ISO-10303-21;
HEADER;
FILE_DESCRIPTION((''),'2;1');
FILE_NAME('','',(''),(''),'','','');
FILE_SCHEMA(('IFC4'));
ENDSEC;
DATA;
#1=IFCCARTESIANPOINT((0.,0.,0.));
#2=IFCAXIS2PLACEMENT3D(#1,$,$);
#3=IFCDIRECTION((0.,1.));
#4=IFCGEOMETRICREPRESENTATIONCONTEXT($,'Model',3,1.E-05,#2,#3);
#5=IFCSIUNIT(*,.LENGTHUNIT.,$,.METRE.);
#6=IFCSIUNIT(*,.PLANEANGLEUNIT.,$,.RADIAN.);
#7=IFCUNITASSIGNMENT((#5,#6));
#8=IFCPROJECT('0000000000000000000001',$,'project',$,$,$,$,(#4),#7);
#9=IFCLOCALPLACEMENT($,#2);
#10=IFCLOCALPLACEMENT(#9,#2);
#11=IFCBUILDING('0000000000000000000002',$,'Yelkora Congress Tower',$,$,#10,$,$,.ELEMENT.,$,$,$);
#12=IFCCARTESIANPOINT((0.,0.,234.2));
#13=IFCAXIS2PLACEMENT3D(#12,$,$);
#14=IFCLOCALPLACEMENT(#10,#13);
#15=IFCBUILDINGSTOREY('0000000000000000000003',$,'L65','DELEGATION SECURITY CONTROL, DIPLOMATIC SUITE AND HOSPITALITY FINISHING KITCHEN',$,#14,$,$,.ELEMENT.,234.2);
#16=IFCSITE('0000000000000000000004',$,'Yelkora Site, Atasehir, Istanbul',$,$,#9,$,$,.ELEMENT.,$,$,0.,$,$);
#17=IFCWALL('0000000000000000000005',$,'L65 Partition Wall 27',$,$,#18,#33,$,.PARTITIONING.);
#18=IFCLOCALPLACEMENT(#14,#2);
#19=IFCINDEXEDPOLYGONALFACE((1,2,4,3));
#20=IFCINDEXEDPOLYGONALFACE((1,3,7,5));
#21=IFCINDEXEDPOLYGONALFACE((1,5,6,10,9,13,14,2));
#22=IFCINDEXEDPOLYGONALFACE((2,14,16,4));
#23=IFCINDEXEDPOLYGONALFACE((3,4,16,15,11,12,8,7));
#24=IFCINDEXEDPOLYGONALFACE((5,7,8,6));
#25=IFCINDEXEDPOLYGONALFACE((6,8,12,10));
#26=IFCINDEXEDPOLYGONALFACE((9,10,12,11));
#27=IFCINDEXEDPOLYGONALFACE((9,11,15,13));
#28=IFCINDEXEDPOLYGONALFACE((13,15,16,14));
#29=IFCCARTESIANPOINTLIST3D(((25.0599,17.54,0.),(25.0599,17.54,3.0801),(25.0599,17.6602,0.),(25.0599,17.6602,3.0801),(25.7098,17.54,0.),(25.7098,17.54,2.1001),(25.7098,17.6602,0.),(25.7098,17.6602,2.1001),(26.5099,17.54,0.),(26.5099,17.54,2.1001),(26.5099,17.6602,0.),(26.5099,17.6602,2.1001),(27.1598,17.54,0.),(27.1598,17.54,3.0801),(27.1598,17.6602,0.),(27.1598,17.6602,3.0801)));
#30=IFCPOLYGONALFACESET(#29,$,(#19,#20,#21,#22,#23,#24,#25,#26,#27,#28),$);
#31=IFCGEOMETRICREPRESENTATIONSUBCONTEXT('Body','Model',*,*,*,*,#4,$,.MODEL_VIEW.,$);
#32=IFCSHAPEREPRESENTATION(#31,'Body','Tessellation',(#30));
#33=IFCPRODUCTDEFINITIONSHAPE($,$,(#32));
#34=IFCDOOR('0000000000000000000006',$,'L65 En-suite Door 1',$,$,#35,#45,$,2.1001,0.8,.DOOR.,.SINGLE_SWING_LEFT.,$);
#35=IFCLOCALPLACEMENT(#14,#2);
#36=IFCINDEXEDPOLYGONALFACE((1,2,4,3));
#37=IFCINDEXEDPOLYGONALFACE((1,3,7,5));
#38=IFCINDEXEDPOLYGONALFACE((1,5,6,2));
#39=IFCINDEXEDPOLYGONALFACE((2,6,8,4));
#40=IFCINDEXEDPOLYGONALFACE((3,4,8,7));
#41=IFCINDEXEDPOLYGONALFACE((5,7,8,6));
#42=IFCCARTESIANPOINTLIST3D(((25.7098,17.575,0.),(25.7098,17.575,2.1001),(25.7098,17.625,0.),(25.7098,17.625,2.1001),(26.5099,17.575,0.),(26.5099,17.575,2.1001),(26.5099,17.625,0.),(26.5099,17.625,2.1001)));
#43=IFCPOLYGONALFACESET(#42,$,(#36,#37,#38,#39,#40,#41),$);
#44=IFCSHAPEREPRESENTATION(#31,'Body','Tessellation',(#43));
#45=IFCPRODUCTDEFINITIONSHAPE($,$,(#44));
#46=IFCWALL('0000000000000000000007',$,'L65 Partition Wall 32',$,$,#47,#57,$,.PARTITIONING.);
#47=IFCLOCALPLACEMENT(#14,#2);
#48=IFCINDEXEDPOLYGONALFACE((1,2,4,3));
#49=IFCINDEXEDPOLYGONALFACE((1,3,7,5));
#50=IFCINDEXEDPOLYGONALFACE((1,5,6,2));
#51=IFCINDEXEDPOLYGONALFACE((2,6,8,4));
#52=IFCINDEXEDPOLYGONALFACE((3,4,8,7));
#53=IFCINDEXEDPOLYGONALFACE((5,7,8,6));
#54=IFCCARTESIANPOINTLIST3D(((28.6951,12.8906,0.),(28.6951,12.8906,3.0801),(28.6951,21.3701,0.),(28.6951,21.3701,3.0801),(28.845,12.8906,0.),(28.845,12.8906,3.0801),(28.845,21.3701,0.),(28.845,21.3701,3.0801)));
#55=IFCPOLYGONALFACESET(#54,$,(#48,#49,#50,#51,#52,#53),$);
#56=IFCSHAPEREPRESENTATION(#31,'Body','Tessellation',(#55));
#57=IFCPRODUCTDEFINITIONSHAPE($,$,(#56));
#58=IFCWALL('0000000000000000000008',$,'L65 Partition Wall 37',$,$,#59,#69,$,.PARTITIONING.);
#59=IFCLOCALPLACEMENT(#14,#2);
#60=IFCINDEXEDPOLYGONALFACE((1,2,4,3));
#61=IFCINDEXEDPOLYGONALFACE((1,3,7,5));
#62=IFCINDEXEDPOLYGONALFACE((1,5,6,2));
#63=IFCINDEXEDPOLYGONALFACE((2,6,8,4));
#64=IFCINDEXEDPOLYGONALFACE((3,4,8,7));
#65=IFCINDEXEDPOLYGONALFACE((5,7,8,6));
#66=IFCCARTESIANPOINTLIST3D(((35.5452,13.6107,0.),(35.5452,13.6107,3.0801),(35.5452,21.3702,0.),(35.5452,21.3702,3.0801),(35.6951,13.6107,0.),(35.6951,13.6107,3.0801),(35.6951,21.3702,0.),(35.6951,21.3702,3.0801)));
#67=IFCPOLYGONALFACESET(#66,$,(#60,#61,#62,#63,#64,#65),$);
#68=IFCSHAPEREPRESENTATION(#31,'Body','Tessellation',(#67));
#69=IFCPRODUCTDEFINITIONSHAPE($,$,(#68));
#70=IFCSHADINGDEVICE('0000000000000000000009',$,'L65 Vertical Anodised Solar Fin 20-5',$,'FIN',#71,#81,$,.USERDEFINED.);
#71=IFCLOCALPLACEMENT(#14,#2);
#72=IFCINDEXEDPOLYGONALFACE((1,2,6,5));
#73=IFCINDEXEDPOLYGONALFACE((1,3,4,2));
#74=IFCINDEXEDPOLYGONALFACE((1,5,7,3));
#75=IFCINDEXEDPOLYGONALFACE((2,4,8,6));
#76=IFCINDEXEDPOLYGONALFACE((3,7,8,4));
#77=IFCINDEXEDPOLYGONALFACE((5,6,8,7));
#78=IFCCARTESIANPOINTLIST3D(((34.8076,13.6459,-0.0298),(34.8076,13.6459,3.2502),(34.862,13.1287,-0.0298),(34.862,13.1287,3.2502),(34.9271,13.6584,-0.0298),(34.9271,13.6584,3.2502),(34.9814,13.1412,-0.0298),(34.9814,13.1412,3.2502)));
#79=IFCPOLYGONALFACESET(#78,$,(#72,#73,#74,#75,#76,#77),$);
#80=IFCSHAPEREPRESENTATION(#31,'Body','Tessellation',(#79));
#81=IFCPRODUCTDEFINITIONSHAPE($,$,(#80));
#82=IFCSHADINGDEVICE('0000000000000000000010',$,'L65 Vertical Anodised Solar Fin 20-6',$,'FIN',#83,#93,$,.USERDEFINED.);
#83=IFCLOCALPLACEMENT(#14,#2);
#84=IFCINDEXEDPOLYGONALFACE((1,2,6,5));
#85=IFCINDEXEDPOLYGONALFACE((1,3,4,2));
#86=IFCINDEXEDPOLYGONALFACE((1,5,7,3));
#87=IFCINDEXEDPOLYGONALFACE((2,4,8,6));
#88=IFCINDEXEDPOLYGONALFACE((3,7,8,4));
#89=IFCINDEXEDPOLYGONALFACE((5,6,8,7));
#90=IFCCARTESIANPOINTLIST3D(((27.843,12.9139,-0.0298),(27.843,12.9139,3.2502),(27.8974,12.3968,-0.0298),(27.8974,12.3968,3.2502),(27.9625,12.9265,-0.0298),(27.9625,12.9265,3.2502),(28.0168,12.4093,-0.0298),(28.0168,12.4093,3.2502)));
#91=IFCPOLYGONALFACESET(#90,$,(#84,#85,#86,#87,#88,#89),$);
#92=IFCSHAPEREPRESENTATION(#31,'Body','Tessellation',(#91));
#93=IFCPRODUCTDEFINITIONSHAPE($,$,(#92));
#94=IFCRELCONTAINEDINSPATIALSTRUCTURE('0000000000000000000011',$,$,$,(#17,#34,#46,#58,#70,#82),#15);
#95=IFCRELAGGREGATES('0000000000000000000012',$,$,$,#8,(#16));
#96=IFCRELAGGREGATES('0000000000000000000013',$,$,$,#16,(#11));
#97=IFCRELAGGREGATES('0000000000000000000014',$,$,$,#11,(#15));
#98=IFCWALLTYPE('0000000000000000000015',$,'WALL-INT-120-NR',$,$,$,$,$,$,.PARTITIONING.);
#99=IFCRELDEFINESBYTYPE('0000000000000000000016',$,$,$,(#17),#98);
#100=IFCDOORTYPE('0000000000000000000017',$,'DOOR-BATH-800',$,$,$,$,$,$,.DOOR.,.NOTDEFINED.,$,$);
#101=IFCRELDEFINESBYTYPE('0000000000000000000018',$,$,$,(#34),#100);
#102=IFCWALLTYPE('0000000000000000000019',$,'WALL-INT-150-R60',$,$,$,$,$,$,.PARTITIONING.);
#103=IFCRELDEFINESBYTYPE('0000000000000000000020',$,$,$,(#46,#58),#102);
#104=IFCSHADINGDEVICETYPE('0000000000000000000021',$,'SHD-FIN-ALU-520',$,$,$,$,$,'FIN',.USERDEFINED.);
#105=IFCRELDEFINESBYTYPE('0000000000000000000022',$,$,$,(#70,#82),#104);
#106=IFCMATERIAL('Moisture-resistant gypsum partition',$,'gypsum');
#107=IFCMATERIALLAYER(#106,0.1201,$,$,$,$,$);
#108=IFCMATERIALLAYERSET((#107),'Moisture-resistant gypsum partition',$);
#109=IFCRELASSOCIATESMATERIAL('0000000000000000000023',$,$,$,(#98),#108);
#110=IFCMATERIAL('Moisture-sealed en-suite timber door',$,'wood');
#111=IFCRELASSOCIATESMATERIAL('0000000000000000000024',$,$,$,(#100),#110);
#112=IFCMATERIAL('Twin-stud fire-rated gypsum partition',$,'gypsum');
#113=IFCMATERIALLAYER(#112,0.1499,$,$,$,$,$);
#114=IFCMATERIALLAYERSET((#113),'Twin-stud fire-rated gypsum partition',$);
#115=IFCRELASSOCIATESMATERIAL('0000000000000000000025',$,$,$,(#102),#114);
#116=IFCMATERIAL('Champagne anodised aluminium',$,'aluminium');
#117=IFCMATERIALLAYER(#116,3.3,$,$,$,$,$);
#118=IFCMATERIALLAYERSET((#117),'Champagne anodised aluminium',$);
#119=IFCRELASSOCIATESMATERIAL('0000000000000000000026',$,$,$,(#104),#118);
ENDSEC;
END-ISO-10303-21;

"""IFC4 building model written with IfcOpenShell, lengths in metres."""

from ifc_helpers import new_model, si_unit, direction, frame, frame_2d, origin, origin_2d, place, context, subcontext, project, spatial, rectangle, extrude, material, layer, layer_set, type_object, element, fill, save


model = new_model("IFC4")

# Units and contexts
model_context = context("Model", 3, precision=1e-05, world=origin(), true_north=direction((0.0, 1.0)))
body_context = subcontext(model_context, "Body", "Model", "MODEL_VIEW")
ifc_project = project(units=[si_unit("LENGTHUNIT", "METRE"), si_unit("PLANEANGLEUNIT", "RADIAN")], contexts=[model_context])

# Site, building, storey
site_placement = place(None, origin())
site = spatial("IfcSite", under=ifc_project, at=site_placement, Name="Yelkora Site, Atasehir, Istanbul", CompositionType="ELEMENT", RefElevation=0.0)
building_placement = place(site_placement, origin())
building = spatial("IfcBuilding", under=site, at=building_placement, Name="Yelkora Congress Tower", CompositionType="ELEMENT")
storey_placement = place(building_placement, frame((0.0, 0.0, 234.2)))
storey = spatial("IfcBuildingStorey", under=building, at=storey_placement, Name="L65", Description="DELEGATION SECURITY CONTROL, DIPLOMATIC SUITE AND HOSPITALITY FINISHING KITCHEN", CompositionType="ELEMENT", Elevation=234.2)

# Shared definitions
ifc_material_1 = material(Name="Moisture-resistant gypsum partition", Category="gypsum")
ifc_layer_1 = layer(ifc_material_1, 0.1201)
ifc_layer_set_1 = layer_set([ifc_layer_1], Name="Moisture-resistant gypsum partition")
wall_type_1 = type_object("IfcWallType", Name="WALL-INT-120-NR", PredefinedType="PARTITIONING", material=ifc_layer_set_1)

# Wall, opening, door
wall_1_placement = place(storey_placement, frame((25.0601, 17.6001, 0.0), z_axis=(0.0, 0.0, 1.0), x_axis=(1.0, 0.0, 0.0)))
wall_1 = element("IfcWall", 1, at=wall_1_placement, inside=storey, type_object=wall_type_1, Name="L65 Partition Wall 27", PredefinedType="PARTITIONING", context=body_context, shape_type="SweptSolid", body=[
    extrude(rectangle(XDim=2.0999, YDim=0.1201, at=frame_2d((1.0498, 0.0))), origin(), (0.0, 0.0, 1.0), 3.0801),
])
opening_placement = place(wall_1_placement, frame((0.6499, 0.0, 0.0)))
opening = element("IfcOpeningElement", 2, at=opening_placement, cuts=wall_1, PredefinedType="OPENING", context=body_context, shape_type="SweptSolid", body=[
    extrude(rectangle(XDim=0.8, YDim=2.1001, at=frame_2d((0.3999, 1.05))), frame((0.0, 0.0701, 0.0), z_axis=(0.0, -1.0, 0.0), x_axis=(1.0, 0.0, 0.0)), (0.0, 0.0, 1.0), 0.1401),
])
ifc_material_2 = material(Name="Moisture-sealed en-suite timber door", Category="wood")
door_type = type_object("IfcDoorType", Name="DOOR-BATH-800", OperationType="NOTDEFINED", PredefinedType="DOOR", material=ifc_material_2)
door_placement = place(opening_placement, origin())
door = element("IfcDoor", 3, at=door_placement, inside=storey, type_object=door_type, Name="L65 En-suite Door 1", OperationType="SINGLE_SWING_LEFT", OverallHeight=2.1001, OverallWidth=0.8, PredefinedType="DOOR", context=body_context, shape_type="SweptSolid", body=[
    extrude(rectangle(XDim=0.8, YDim=2.1001, at=frame_2d((0.3999, 1.05))), frame((0.0, 0.0249, 0.0), z_axis=(0.0, -1.0, 0.0), x_axis=(1.0, 0.0, 0.0)), (0.0, 0.0, 1.0), 0.05),
])
fill(opening, door)

# Walls
ifc_material_3 = material(Name="Twin-stud fire-rated gypsum partition", Category="gypsum")
ifc_layer_2 = layer(ifc_material_3, 0.1499)
ifc_layer_set_2 = layer_set([ifc_layer_2], Name="Twin-stud fire-rated gypsum partition")
wall_type_2 = type_object("IfcWallType", Name="WALL-INT-150-R60", PredefinedType="PARTITIONING", material=ifc_layer_set_2)
wall_2_placement = place(storey_placement, frame((28.77, 12.8906, 0.0), z_axis=(0.0, 0.0, 1.0), x_axis=(0.0, 1.0, 0.0)))
element("IfcWall", 4, at=wall_2_placement, inside=storey, type_object=wall_type_2, Name="L65 Partition Wall 32", PredefinedType="PARTITIONING", context=body_context, shape_type="SweptSolid", body=[
    extrude(rectangle(XDim=8.4795, YDim=0.1499, at=frame_2d((4.2397, 0.0))), origin(), (0.0, 0.0, 1.0), 3.0801),
])
wall_3_placement = place(storey_placement, frame((35.6201, 13.6106, 0.0), z_axis=(0.0, 0.0, 1.0), x_axis=(0.0, 1.0, 0.0)))
element("IfcWall", 5, at=wall_3_placement, inside=storey, type_object=wall_type_2, Name="L65 Partition Wall 37", PredefinedType="PARTITIONING", context=body_context, shape_type="SweptSolid", body=[
    extrude(rectangle(XDim=7.7595, YDim=0.1499, at=frame_2d((3.8799, 0.0))), origin(), (0.0, 0.0, 1.0), 3.0801),
])

# Shading devices
ifc_material_4 = material(Name="Champagne anodised aluminium", Category="aluminium")
ifc_layer_3 = layer(ifc_material_4, 3.3)
ifc_layer_set_3 = layer_set([ifc_layer_3], Name="Champagne anodised aluminium")
shading_device_type = type_object("IfcShadingDeviceType", Name="SHD-FIN-ALU-520", ElementType="FIN", PredefinedType="USERDEFINED", material=ifc_layer_set_3)
for number, where, z_axis, x_axis, name in (
    (6, (34.8945, 13.3936, -0.0298), (0.0, 0.0, 1.0), (-0.994522, -0.104528, 0.0), "L65 Vertical Anodised Solar Fin 20-5"),
    (7, (27.9299, 12.6616, -0.0298), (0.0, 0.0, 1.0), (-0.994522, -0.104528, 0.0), "L65 Vertical Anodised Solar Fin 20-6"),
):
    element("IfcShadingDevice", number, at=place(storey_placement, frame(where, z_axis=z_axis, x_axis=x_axis)), inside=storey, type_object=shading_device_type, Name=name, ObjectType="FIN", PredefinedType="USERDEFINED", context=body_context, shape_type="SweptSolid", body=[
        extrude(rectangle(XDim=0.1201, YDim=0.52, at=origin_2d()), origin(), (0.0, 0.0, 1.0), 3.28),
    ])

save(model, "model.ifc")
